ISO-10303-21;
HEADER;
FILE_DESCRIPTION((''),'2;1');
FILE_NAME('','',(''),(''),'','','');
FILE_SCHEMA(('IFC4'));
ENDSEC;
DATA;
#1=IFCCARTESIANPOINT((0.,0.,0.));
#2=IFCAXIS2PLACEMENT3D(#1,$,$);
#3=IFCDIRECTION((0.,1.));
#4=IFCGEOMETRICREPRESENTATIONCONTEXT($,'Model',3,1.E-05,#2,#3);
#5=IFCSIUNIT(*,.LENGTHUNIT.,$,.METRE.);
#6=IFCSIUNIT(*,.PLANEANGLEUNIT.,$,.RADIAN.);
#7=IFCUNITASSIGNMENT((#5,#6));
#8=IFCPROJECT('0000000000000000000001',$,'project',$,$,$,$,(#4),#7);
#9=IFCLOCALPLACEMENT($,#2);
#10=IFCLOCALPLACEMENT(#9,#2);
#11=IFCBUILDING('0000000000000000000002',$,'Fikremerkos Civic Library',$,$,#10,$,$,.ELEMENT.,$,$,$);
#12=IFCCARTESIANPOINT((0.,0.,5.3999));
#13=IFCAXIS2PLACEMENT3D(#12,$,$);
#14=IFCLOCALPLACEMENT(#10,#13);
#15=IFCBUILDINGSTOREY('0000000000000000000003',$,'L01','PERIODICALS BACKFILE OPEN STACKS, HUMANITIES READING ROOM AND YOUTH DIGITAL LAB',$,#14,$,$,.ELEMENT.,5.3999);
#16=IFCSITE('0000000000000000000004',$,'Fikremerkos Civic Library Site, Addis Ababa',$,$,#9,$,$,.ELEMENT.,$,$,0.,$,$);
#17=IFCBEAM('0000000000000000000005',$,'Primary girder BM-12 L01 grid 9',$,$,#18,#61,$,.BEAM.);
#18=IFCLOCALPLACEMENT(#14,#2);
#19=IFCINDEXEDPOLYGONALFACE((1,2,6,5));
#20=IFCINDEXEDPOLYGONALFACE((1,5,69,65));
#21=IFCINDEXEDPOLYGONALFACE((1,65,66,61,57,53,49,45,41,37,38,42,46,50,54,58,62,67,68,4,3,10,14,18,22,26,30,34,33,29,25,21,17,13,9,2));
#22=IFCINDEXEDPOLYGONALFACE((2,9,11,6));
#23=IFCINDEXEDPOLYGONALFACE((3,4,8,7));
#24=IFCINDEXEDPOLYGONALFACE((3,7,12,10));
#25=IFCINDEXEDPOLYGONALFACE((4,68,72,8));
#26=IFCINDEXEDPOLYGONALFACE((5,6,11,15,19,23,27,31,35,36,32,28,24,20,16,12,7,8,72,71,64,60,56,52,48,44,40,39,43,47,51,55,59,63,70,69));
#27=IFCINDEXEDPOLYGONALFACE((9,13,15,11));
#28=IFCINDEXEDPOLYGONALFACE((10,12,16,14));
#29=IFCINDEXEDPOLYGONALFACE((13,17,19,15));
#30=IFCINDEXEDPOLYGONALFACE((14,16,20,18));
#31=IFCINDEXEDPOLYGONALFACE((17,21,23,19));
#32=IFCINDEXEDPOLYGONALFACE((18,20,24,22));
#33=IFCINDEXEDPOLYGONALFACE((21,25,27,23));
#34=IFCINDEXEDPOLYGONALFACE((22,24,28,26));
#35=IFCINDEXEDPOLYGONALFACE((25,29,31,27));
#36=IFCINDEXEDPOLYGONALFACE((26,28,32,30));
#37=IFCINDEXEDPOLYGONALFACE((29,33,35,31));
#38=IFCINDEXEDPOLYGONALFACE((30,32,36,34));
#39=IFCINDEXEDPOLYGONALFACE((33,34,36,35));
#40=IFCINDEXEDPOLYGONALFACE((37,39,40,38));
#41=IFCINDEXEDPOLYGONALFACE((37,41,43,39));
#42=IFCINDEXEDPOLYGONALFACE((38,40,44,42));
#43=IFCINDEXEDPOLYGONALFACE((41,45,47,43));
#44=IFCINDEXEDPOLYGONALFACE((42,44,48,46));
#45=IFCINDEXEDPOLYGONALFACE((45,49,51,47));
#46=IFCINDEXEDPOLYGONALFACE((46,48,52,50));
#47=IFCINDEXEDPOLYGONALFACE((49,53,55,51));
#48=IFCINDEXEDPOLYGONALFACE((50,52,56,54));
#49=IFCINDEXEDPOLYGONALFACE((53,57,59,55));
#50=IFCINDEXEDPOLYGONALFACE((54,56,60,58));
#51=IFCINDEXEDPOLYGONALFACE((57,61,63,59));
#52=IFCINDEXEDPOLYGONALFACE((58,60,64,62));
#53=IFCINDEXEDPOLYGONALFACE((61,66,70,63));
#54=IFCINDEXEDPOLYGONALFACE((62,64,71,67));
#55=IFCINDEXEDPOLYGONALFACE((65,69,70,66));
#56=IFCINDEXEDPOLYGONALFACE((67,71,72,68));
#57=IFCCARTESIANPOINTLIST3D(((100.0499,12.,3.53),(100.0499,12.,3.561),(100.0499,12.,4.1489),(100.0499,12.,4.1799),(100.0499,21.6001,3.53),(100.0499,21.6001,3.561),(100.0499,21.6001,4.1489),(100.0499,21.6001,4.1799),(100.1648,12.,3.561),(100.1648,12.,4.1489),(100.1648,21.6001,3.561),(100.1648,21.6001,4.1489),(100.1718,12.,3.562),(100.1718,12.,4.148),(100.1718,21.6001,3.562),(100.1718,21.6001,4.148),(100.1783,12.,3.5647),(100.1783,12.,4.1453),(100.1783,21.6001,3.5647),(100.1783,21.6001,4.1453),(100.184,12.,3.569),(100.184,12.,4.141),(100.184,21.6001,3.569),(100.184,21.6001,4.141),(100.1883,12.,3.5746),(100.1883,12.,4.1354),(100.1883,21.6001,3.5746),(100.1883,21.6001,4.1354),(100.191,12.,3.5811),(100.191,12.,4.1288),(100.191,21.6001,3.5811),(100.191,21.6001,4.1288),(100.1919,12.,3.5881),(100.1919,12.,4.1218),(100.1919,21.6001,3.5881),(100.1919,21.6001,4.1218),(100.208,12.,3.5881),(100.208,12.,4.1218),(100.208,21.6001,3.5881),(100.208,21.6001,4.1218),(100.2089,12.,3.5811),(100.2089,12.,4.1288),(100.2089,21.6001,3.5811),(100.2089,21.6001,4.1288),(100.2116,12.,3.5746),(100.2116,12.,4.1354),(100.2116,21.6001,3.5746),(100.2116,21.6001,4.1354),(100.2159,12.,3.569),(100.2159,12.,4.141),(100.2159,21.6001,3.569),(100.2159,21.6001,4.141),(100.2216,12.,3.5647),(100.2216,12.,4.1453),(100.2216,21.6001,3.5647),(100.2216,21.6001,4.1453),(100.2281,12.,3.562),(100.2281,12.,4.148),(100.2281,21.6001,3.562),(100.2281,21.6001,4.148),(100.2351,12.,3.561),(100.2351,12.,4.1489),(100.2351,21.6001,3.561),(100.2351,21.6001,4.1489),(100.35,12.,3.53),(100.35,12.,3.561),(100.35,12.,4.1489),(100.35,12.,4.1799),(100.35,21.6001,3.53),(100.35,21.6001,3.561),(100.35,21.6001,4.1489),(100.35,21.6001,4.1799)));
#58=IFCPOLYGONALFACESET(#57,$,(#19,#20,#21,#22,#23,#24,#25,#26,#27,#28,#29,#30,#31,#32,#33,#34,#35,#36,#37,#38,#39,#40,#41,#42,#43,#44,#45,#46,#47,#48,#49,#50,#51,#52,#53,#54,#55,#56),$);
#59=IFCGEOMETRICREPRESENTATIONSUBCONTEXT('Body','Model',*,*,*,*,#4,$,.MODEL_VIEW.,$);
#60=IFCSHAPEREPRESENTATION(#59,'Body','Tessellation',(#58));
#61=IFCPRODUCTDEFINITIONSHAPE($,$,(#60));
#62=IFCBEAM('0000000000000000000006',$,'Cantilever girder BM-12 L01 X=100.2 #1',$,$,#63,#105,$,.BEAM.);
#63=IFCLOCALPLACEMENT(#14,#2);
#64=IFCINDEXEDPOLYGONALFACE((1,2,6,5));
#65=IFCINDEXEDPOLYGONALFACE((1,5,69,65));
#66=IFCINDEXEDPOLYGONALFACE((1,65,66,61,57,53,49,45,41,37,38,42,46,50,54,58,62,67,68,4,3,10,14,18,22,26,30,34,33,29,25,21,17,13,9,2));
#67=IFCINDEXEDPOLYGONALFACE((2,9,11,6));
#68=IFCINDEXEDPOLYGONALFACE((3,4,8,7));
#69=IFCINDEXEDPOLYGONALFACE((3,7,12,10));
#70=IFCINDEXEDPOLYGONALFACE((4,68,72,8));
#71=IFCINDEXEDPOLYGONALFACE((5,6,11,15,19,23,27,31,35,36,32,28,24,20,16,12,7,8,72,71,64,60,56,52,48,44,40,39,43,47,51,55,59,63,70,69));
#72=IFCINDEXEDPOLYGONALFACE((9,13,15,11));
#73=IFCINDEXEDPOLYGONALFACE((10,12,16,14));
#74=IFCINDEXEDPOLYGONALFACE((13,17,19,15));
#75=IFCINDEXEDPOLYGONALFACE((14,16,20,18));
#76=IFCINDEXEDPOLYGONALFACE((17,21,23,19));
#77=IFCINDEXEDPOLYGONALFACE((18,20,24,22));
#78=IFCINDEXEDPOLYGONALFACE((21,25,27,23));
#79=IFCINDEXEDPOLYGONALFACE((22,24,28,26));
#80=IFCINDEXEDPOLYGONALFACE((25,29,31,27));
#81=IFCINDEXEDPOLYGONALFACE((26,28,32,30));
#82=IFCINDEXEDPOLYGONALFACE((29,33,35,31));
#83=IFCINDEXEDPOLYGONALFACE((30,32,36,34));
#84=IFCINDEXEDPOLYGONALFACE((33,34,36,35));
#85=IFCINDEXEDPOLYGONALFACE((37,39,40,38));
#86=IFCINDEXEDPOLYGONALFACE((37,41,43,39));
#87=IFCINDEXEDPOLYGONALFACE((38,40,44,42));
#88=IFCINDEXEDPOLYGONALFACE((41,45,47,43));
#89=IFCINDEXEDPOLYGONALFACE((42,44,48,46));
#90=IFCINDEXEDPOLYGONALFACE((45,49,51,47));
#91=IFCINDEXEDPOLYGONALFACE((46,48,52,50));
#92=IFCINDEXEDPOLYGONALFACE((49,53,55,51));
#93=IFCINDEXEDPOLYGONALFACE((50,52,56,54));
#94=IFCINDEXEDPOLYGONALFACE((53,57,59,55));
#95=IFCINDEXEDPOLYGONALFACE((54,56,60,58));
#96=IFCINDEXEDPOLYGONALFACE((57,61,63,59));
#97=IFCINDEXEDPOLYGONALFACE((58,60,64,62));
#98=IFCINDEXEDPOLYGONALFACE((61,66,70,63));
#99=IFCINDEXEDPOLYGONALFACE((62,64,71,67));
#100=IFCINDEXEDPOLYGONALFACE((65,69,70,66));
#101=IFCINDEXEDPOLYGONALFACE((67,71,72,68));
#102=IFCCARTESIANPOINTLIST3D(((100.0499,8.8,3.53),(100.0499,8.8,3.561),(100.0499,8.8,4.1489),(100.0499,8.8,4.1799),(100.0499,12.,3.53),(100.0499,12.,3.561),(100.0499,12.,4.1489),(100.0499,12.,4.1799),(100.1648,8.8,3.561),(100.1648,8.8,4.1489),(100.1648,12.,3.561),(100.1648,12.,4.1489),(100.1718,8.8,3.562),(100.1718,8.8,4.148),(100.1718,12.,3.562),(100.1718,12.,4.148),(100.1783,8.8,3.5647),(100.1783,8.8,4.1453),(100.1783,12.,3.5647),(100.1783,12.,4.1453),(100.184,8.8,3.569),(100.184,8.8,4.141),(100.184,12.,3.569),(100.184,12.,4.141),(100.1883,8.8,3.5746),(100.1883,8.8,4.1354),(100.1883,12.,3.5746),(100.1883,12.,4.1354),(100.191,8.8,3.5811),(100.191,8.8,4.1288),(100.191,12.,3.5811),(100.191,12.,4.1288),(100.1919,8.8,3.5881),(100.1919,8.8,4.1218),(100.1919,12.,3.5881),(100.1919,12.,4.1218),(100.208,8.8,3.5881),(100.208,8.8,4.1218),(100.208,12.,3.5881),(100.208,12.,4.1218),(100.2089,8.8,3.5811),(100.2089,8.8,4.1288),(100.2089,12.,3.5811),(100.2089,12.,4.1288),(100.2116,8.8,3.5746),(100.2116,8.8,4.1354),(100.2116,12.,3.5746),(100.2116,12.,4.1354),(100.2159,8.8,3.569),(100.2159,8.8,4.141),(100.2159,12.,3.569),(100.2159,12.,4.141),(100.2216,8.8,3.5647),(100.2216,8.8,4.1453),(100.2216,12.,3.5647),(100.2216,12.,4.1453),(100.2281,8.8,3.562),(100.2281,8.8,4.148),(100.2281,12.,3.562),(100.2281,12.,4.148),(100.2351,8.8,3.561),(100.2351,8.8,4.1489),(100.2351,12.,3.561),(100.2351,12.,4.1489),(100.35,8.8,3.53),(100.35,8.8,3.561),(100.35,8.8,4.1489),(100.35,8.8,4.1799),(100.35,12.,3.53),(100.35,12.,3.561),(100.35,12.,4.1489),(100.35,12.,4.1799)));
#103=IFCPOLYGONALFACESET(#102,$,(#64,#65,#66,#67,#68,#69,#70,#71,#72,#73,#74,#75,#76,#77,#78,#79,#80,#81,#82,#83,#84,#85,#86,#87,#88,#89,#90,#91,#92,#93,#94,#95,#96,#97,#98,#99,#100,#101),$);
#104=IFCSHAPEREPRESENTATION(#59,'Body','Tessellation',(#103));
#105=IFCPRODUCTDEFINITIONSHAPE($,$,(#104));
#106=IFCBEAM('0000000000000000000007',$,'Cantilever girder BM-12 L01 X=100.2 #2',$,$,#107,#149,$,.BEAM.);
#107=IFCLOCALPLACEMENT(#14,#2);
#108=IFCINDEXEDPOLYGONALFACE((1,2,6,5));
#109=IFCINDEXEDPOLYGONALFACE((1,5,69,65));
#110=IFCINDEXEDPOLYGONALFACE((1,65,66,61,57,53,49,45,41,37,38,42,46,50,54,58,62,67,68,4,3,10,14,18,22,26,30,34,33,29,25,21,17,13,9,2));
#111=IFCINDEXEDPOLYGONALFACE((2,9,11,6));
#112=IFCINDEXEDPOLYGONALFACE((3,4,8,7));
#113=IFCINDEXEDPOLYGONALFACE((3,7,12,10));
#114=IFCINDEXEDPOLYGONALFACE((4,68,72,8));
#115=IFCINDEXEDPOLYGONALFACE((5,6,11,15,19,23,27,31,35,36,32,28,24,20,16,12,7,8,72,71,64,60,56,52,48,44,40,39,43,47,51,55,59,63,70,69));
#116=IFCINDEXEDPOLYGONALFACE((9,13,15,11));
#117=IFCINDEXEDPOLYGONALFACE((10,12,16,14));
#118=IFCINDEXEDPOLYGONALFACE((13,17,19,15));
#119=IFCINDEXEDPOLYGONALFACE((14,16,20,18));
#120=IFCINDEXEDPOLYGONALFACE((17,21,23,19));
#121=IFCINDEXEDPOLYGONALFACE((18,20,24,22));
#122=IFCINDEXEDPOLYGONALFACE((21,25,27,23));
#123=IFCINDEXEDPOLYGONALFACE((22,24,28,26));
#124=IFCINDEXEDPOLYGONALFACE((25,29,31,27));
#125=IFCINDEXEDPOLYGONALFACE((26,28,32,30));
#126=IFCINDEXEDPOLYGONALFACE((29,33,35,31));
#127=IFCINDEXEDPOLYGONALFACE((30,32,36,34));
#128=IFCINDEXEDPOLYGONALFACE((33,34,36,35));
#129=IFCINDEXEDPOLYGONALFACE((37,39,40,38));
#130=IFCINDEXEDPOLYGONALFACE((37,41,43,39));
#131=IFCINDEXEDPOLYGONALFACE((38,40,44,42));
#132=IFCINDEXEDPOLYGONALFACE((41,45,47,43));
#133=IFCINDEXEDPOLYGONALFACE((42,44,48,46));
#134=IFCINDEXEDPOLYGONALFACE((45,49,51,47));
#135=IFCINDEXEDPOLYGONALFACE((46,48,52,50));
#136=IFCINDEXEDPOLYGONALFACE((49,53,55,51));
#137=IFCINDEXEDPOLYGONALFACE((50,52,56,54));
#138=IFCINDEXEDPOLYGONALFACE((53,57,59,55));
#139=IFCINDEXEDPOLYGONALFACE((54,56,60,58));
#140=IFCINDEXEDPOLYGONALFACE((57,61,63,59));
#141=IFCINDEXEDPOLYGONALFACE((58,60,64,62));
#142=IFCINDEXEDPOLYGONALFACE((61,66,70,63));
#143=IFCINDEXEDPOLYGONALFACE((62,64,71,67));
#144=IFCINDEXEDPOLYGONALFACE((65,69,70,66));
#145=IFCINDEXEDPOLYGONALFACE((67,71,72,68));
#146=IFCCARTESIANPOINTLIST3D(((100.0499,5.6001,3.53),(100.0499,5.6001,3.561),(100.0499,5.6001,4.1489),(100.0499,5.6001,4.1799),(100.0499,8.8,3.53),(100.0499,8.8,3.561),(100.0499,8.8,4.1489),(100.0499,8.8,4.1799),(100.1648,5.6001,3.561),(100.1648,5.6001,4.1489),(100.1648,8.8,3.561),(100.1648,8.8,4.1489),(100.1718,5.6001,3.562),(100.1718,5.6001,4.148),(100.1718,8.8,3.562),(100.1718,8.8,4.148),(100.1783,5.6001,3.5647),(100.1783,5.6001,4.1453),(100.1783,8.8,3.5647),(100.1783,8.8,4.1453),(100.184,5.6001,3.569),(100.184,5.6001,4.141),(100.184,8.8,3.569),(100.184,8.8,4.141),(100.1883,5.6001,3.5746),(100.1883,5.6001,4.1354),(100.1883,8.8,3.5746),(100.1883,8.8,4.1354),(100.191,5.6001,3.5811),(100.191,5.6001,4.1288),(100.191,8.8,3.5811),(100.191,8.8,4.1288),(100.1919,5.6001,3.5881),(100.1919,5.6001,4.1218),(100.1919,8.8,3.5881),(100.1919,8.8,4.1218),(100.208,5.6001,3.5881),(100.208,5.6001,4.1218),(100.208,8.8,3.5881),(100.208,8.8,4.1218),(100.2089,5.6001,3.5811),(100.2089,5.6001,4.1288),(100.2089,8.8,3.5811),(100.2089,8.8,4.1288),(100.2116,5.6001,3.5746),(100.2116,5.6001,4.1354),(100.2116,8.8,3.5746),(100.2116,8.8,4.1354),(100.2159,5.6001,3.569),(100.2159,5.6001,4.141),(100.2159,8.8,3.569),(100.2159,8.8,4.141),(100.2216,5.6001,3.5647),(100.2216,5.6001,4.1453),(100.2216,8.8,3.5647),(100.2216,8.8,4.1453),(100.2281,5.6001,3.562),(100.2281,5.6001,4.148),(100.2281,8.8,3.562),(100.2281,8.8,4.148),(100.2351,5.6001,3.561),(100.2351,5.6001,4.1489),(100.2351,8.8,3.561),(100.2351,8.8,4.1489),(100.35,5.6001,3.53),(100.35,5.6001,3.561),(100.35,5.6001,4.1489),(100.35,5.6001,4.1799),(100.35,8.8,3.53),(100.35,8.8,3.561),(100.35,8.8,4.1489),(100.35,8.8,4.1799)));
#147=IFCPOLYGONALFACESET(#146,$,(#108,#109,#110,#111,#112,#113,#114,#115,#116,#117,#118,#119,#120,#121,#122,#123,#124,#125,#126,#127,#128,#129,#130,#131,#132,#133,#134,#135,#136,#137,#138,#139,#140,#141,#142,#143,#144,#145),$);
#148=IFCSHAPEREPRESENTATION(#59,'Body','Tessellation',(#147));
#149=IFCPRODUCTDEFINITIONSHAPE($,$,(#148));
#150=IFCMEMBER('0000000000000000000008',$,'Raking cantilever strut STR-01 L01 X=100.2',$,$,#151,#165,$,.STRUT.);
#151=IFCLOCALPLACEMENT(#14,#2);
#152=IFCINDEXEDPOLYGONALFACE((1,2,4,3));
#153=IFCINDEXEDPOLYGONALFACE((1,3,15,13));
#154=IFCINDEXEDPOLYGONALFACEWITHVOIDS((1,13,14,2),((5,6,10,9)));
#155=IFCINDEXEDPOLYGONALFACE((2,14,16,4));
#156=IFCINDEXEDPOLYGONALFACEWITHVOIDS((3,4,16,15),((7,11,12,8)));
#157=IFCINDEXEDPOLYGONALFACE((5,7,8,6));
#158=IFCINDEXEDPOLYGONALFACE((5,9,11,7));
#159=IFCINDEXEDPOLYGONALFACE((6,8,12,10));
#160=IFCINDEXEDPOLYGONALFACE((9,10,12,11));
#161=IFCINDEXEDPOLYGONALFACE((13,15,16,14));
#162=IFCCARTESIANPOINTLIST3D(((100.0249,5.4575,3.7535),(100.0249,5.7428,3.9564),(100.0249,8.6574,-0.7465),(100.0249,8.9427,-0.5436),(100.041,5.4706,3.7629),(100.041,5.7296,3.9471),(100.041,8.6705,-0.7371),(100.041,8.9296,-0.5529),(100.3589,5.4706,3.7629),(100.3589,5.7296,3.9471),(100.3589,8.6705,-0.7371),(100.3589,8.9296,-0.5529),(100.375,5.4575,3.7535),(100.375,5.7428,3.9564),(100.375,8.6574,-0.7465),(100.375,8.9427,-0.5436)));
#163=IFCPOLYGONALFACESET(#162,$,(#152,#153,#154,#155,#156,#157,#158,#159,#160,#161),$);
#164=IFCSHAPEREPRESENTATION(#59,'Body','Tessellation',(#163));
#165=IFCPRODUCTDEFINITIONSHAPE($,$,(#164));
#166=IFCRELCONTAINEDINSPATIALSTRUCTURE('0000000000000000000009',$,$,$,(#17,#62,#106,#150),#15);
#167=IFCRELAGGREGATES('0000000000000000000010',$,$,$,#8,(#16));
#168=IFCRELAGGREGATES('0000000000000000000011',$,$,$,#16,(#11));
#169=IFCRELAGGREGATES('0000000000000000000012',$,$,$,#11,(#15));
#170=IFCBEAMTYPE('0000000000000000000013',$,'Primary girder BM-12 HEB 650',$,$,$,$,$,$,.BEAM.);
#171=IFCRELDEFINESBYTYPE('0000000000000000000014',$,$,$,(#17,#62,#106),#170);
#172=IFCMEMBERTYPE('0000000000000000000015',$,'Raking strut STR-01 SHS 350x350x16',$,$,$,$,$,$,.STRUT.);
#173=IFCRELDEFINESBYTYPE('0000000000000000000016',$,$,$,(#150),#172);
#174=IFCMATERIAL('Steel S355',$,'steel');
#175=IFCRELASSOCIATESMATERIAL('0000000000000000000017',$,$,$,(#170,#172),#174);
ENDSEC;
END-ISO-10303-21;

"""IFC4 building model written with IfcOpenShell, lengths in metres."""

from ifc_helpers import new_model, si_unit, direction, frame, origin, origin_2d, place, context, subcontext, project, spatial, hollow_rectangle, i_section, extrude, material, material_profile, profile_set, type_object, element, save


model = new_model("IFC4")

# Units and contexts
model_context = context("Model", 3, precision=1e-05, world=origin(), true_north=direction((0.0, 1.0)))
body_context = subcontext(model_context, "Body", "Model", "MODEL_VIEW")
ifc_project = project(units=[si_unit("LENGTHUNIT", "METRE"), si_unit("PLANEANGLEUNIT", "RADIAN")], contexts=[model_context])

# Site, building, storey
site_placement = place(None, origin())
site = spatial("IfcSite", under=ifc_project, at=site_placement, Name="Fikremerkos Civic Library Site, Addis Ababa", CompositionType="ELEMENT", RefElevation=0.0)
building_placement = place(site_placement, origin())
building = spatial("IfcBuilding", under=site, at=building_placement, Name="Fikremerkos Civic Library", CompositionType="ELEMENT")
storey_placement = place(building_placement, frame((0.0, 0.0, 5.3999)))
storey = spatial("IfcBuildingStorey", under=building, at=storey_placement, Name="L01", Description="PERIODICALS BACKFILE OPEN STACKS, HUMANITIES READING ROOM AND YOUTH DIGITAL LAB", CompositionType="ELEMENT", Elevation=5.3999)

# Shared definitions
ifc_material_1 = material(Name="Steel S355", Category="steel")

# Beams
ifc_material_profile_1 = material_profile(ifc_material_1, i_section(OverallWidth=0.3, OverallDepth=0.6499, WebThickness=0.0161, FlangeThickness=0.031, FilletRadius=0.0271, at=origin_2d()), Name="HEB 650")
ifc_profile_set_1 = profile_set([ifc_material_profile_1], Name="Steel S355")
beam_type_1 = type_object("IfcBeamType", Name="Primary girder BM-12 HEB 650", PredefinedType="BEAM", material=ifc_profile_set_1)
beam_1_placement = place(storey_placement, frame((100.2, 12.0, 3.855), z_axis=(0.0, 1.0, 0.0), x_axis=(-1.0, 0.0, 0.0)))
element("IfcBeam", 1, at=beam_1_placement, inside=storey, type_object=beam_type_1, Name="Primary girder BM-12 L01 grid 9", PredefinedType="BEAM", context=body_context, shape_type="SweptSolid", body=[
    extrude(i_section(OverallWidth=0.3, OverallDepth=0.6499, WebThickness=0.0161, FlangeThickness=0.031, FilletRadius=0.0271, at=origin_2d()), origin(), (0.0, 0.0, 1.0), 9.6001),
])
for number, where, z_axis, x_axis, name in (
    (2, (100.2, 12.0, 3.855), (0.0, -1.0, 0.0), (1.0, 0.0, 0.0), "Cantilever girder BM-12 L01 X=100.2 #1"),
    (3, (100.2, 8.8, 3.855), (0.0, -1.0, 0.0), (1.0, 0.0, 0.0), "Cantilever girder BM-12 L01 X=100.2 #2"),
):
    element("IfcBeam", number, at=place(storey_placement, frame(where, z_axis=z_axis, x_axis=x_axis)), inside=storey, type_object=beam_type_1, Name=name, PredefinedType="BEAM", context=body_context, shape_type="SweptSolid", body=[
        extrude(i_section(OverallWidth=0.3, OverallDepth=0.6499, WebThickness=0.0161, FlangeThickness=0.031, FilletRadius=0.0271, at=origin_2d()), origin(), (0.0, 0.0, 1.0), 3.2),
    ])

# Member
ifc_material_profile_2 = material_profile(ifc_material_1, hollow_rectangle(XDim=0.3501, YDim=0.3501, WallThickness=0.0161, at=origin_2d()), Name="SHS 350x350x16")
ifc_profile_set_2 = profile_set([ifc_material_profile_2], Name="Steel S355")
member_type_1 = type_object("IfcMemberType", Name="Raking strut STR-01 SHS 350x350x16", PredefinedType="STRUT", material=ifc_profile_set_2)
member_1_placement = place(storey_placement, frame((100.2, 8.8, -0.645), z_axis=(0.0, -0.579518, 0.81496), x_axis=(1.0, 0.0, 0.0)))
element("IfcMember", 4, at=member_1_placement, inside=storey, type_object=member_type_1, Name="Raking cantilever strut STR-01 L01 X=100.2", PredefinedType="STRUT", context=body_context, shape_type="SweptSolid", body=[
    extrude(hollow_rectangle(XDim=0.3501, YDim=0.3501, WallThickness=0.0161, at=origin_2d()), origin(), (0.0, 0.0, 1.0), 5.5217),
])

save(model, "model.ifc")
